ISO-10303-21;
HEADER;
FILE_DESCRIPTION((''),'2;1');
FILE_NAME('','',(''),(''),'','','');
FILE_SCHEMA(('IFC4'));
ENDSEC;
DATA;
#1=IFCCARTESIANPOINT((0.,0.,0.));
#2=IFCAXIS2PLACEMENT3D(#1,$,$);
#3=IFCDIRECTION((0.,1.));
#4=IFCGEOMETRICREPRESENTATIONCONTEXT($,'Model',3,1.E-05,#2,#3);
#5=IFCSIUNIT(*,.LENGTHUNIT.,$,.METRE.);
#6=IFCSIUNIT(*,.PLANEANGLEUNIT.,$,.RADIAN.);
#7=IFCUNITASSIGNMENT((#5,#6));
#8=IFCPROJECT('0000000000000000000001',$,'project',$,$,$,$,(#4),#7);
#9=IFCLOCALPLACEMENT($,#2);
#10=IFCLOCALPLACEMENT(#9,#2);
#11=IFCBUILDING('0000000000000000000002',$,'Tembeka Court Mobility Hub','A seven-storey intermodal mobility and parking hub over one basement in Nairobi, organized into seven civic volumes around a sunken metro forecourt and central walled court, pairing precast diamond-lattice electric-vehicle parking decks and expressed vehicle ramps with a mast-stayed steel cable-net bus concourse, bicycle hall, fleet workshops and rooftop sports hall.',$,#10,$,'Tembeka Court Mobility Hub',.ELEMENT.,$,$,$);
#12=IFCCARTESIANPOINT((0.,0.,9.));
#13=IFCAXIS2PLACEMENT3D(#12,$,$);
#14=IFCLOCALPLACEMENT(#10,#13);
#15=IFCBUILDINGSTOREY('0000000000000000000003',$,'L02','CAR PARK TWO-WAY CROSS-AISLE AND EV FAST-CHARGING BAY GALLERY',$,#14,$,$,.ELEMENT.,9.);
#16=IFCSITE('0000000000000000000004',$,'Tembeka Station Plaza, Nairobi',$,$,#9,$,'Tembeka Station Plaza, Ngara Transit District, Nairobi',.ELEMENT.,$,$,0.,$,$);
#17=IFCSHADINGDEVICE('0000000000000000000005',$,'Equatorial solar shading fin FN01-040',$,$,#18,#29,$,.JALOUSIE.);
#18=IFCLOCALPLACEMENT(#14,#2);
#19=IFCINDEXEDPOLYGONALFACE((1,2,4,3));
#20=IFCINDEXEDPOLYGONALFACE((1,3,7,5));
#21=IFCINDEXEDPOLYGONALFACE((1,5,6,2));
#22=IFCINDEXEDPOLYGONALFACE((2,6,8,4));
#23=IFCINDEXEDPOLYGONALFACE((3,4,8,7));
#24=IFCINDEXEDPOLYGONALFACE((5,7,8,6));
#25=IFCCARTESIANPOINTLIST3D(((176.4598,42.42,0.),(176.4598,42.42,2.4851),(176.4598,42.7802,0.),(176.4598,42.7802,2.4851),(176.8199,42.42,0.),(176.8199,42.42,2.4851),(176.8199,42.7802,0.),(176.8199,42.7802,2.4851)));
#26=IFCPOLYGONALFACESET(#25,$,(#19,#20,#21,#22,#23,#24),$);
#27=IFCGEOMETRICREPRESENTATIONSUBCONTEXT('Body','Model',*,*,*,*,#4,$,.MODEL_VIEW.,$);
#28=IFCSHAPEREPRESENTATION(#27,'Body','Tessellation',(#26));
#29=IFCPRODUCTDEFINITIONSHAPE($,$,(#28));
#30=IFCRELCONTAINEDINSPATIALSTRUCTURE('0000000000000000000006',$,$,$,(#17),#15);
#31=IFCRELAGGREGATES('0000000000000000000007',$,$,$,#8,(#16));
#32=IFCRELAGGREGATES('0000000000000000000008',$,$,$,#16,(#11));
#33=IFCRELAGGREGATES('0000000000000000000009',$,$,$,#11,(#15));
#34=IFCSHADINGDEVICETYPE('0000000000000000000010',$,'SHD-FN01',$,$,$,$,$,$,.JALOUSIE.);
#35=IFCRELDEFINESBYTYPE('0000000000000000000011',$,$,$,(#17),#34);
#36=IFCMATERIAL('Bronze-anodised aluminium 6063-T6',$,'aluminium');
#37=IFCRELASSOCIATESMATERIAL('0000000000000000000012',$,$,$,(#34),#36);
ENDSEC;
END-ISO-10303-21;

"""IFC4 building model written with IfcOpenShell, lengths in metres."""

from ifc_helpers import new_model, si_unit, direction, frame, origin, origin_2d, place, context, subcontext, project, spatial, rectangle, extrude, material, material_profile, profile_set, type_object, element, save


model = new_model("IFC4")

# Units and contexts
model_context = context("Model", 3, precision=1e-05, world=origin(), true_north=direction((0.0, 1.0)))
body_context = subcontext(model_context, "Body", "Model", "MODEL_VIEW")
ifc_project = project(units=[si_unit("LENGTHUNIT", "METRE"), si_unit("PLANEANGLEUNIT", "RADIAN")], contexts=[model_context])

# Site, building, storey
site_placement = place(None, origin())
site = spatial("IfcSite", under=ifc_project, at=site_placement, Name="Tembeka Station Plaza, Nairobi", LongName="Tembeka Station Plaza, Ngara Transit District, Nairobi", CompositionType="ELEMENT", RefElevation=0.0)
building_placement = place(site_placement, origin())
building = spatial("IfcBuilding", under=site, at=building_placement, Name="Tembeka Court Mobility Hub", Description="A seven-storey intermodal mobility and parking hub over one basement in Nairobi, organized into seven civic volumes around a sunken metro forecourt and central walled court, pairing precast diamond-lattice electric-vehicle parking decks and expressed vehicle ramps with a mast-stayed steel cable-net bus concourse, bicycle hall, fleet workshops and rooftop sports hall.", LongName="Tembeka Court Mobility Hub", CompositionType="ELEMENT")
storey_placement = place(building_placement, frame((0.0, 0.0, 9.0)))
storey = spatial("IfcBuildingStorey", under=building, at=storey_placement, Name="L02", Description="CAR PARK TWO-WAY CROSS-AISLE AND EV FAST-CHARGING BAY GALLERY", CompositionType="ELEMENT", Elevation=9.0)

# Shading device
ifc_material_1 = material(Name="Bronze-anodised aluminium 6063-T6", Category="aluminium")
ifc_material_profile_1 = material_profile(ifc_material_1, rectangle(XDim=0.3601, YDim=0.3601, at=origin_2d()), Name="ALU-FIN 360x360")
ifc_profile_set_1 = profile_set([ifc_material_profile_1], Name="Bronze-anodised aluminium 6063-T6")
shading_device_type = type_object("IfcShadingDeviceType", Name="SHD-FN01", PredefinedType="JALOUSIE", material=ifc_profile_set_1)
shading_device_placement = place(storey_placement, frame((176.6399, 42.6001, 0.0), z_axis=(0.0, 0.0, 1.0), x_axis=(1.0, 0.0, 0.0)))
element("IfcShadingDevice", 1, at=shading_device_placement, inside=storey, type_object=shading_device_type, Name="Equatorial solar shading fin FN01-040", PredefinedType="JALOUSIE", context=body_context, shape_type="SweptSolid", body=[
    extrude(rectangle(XDim=0.3601, YDim=0.3601, at=origin_2d()), origin(), (0.0, 0.0, 1.0), 2.4851),
])

save(model, "model.ifc")
